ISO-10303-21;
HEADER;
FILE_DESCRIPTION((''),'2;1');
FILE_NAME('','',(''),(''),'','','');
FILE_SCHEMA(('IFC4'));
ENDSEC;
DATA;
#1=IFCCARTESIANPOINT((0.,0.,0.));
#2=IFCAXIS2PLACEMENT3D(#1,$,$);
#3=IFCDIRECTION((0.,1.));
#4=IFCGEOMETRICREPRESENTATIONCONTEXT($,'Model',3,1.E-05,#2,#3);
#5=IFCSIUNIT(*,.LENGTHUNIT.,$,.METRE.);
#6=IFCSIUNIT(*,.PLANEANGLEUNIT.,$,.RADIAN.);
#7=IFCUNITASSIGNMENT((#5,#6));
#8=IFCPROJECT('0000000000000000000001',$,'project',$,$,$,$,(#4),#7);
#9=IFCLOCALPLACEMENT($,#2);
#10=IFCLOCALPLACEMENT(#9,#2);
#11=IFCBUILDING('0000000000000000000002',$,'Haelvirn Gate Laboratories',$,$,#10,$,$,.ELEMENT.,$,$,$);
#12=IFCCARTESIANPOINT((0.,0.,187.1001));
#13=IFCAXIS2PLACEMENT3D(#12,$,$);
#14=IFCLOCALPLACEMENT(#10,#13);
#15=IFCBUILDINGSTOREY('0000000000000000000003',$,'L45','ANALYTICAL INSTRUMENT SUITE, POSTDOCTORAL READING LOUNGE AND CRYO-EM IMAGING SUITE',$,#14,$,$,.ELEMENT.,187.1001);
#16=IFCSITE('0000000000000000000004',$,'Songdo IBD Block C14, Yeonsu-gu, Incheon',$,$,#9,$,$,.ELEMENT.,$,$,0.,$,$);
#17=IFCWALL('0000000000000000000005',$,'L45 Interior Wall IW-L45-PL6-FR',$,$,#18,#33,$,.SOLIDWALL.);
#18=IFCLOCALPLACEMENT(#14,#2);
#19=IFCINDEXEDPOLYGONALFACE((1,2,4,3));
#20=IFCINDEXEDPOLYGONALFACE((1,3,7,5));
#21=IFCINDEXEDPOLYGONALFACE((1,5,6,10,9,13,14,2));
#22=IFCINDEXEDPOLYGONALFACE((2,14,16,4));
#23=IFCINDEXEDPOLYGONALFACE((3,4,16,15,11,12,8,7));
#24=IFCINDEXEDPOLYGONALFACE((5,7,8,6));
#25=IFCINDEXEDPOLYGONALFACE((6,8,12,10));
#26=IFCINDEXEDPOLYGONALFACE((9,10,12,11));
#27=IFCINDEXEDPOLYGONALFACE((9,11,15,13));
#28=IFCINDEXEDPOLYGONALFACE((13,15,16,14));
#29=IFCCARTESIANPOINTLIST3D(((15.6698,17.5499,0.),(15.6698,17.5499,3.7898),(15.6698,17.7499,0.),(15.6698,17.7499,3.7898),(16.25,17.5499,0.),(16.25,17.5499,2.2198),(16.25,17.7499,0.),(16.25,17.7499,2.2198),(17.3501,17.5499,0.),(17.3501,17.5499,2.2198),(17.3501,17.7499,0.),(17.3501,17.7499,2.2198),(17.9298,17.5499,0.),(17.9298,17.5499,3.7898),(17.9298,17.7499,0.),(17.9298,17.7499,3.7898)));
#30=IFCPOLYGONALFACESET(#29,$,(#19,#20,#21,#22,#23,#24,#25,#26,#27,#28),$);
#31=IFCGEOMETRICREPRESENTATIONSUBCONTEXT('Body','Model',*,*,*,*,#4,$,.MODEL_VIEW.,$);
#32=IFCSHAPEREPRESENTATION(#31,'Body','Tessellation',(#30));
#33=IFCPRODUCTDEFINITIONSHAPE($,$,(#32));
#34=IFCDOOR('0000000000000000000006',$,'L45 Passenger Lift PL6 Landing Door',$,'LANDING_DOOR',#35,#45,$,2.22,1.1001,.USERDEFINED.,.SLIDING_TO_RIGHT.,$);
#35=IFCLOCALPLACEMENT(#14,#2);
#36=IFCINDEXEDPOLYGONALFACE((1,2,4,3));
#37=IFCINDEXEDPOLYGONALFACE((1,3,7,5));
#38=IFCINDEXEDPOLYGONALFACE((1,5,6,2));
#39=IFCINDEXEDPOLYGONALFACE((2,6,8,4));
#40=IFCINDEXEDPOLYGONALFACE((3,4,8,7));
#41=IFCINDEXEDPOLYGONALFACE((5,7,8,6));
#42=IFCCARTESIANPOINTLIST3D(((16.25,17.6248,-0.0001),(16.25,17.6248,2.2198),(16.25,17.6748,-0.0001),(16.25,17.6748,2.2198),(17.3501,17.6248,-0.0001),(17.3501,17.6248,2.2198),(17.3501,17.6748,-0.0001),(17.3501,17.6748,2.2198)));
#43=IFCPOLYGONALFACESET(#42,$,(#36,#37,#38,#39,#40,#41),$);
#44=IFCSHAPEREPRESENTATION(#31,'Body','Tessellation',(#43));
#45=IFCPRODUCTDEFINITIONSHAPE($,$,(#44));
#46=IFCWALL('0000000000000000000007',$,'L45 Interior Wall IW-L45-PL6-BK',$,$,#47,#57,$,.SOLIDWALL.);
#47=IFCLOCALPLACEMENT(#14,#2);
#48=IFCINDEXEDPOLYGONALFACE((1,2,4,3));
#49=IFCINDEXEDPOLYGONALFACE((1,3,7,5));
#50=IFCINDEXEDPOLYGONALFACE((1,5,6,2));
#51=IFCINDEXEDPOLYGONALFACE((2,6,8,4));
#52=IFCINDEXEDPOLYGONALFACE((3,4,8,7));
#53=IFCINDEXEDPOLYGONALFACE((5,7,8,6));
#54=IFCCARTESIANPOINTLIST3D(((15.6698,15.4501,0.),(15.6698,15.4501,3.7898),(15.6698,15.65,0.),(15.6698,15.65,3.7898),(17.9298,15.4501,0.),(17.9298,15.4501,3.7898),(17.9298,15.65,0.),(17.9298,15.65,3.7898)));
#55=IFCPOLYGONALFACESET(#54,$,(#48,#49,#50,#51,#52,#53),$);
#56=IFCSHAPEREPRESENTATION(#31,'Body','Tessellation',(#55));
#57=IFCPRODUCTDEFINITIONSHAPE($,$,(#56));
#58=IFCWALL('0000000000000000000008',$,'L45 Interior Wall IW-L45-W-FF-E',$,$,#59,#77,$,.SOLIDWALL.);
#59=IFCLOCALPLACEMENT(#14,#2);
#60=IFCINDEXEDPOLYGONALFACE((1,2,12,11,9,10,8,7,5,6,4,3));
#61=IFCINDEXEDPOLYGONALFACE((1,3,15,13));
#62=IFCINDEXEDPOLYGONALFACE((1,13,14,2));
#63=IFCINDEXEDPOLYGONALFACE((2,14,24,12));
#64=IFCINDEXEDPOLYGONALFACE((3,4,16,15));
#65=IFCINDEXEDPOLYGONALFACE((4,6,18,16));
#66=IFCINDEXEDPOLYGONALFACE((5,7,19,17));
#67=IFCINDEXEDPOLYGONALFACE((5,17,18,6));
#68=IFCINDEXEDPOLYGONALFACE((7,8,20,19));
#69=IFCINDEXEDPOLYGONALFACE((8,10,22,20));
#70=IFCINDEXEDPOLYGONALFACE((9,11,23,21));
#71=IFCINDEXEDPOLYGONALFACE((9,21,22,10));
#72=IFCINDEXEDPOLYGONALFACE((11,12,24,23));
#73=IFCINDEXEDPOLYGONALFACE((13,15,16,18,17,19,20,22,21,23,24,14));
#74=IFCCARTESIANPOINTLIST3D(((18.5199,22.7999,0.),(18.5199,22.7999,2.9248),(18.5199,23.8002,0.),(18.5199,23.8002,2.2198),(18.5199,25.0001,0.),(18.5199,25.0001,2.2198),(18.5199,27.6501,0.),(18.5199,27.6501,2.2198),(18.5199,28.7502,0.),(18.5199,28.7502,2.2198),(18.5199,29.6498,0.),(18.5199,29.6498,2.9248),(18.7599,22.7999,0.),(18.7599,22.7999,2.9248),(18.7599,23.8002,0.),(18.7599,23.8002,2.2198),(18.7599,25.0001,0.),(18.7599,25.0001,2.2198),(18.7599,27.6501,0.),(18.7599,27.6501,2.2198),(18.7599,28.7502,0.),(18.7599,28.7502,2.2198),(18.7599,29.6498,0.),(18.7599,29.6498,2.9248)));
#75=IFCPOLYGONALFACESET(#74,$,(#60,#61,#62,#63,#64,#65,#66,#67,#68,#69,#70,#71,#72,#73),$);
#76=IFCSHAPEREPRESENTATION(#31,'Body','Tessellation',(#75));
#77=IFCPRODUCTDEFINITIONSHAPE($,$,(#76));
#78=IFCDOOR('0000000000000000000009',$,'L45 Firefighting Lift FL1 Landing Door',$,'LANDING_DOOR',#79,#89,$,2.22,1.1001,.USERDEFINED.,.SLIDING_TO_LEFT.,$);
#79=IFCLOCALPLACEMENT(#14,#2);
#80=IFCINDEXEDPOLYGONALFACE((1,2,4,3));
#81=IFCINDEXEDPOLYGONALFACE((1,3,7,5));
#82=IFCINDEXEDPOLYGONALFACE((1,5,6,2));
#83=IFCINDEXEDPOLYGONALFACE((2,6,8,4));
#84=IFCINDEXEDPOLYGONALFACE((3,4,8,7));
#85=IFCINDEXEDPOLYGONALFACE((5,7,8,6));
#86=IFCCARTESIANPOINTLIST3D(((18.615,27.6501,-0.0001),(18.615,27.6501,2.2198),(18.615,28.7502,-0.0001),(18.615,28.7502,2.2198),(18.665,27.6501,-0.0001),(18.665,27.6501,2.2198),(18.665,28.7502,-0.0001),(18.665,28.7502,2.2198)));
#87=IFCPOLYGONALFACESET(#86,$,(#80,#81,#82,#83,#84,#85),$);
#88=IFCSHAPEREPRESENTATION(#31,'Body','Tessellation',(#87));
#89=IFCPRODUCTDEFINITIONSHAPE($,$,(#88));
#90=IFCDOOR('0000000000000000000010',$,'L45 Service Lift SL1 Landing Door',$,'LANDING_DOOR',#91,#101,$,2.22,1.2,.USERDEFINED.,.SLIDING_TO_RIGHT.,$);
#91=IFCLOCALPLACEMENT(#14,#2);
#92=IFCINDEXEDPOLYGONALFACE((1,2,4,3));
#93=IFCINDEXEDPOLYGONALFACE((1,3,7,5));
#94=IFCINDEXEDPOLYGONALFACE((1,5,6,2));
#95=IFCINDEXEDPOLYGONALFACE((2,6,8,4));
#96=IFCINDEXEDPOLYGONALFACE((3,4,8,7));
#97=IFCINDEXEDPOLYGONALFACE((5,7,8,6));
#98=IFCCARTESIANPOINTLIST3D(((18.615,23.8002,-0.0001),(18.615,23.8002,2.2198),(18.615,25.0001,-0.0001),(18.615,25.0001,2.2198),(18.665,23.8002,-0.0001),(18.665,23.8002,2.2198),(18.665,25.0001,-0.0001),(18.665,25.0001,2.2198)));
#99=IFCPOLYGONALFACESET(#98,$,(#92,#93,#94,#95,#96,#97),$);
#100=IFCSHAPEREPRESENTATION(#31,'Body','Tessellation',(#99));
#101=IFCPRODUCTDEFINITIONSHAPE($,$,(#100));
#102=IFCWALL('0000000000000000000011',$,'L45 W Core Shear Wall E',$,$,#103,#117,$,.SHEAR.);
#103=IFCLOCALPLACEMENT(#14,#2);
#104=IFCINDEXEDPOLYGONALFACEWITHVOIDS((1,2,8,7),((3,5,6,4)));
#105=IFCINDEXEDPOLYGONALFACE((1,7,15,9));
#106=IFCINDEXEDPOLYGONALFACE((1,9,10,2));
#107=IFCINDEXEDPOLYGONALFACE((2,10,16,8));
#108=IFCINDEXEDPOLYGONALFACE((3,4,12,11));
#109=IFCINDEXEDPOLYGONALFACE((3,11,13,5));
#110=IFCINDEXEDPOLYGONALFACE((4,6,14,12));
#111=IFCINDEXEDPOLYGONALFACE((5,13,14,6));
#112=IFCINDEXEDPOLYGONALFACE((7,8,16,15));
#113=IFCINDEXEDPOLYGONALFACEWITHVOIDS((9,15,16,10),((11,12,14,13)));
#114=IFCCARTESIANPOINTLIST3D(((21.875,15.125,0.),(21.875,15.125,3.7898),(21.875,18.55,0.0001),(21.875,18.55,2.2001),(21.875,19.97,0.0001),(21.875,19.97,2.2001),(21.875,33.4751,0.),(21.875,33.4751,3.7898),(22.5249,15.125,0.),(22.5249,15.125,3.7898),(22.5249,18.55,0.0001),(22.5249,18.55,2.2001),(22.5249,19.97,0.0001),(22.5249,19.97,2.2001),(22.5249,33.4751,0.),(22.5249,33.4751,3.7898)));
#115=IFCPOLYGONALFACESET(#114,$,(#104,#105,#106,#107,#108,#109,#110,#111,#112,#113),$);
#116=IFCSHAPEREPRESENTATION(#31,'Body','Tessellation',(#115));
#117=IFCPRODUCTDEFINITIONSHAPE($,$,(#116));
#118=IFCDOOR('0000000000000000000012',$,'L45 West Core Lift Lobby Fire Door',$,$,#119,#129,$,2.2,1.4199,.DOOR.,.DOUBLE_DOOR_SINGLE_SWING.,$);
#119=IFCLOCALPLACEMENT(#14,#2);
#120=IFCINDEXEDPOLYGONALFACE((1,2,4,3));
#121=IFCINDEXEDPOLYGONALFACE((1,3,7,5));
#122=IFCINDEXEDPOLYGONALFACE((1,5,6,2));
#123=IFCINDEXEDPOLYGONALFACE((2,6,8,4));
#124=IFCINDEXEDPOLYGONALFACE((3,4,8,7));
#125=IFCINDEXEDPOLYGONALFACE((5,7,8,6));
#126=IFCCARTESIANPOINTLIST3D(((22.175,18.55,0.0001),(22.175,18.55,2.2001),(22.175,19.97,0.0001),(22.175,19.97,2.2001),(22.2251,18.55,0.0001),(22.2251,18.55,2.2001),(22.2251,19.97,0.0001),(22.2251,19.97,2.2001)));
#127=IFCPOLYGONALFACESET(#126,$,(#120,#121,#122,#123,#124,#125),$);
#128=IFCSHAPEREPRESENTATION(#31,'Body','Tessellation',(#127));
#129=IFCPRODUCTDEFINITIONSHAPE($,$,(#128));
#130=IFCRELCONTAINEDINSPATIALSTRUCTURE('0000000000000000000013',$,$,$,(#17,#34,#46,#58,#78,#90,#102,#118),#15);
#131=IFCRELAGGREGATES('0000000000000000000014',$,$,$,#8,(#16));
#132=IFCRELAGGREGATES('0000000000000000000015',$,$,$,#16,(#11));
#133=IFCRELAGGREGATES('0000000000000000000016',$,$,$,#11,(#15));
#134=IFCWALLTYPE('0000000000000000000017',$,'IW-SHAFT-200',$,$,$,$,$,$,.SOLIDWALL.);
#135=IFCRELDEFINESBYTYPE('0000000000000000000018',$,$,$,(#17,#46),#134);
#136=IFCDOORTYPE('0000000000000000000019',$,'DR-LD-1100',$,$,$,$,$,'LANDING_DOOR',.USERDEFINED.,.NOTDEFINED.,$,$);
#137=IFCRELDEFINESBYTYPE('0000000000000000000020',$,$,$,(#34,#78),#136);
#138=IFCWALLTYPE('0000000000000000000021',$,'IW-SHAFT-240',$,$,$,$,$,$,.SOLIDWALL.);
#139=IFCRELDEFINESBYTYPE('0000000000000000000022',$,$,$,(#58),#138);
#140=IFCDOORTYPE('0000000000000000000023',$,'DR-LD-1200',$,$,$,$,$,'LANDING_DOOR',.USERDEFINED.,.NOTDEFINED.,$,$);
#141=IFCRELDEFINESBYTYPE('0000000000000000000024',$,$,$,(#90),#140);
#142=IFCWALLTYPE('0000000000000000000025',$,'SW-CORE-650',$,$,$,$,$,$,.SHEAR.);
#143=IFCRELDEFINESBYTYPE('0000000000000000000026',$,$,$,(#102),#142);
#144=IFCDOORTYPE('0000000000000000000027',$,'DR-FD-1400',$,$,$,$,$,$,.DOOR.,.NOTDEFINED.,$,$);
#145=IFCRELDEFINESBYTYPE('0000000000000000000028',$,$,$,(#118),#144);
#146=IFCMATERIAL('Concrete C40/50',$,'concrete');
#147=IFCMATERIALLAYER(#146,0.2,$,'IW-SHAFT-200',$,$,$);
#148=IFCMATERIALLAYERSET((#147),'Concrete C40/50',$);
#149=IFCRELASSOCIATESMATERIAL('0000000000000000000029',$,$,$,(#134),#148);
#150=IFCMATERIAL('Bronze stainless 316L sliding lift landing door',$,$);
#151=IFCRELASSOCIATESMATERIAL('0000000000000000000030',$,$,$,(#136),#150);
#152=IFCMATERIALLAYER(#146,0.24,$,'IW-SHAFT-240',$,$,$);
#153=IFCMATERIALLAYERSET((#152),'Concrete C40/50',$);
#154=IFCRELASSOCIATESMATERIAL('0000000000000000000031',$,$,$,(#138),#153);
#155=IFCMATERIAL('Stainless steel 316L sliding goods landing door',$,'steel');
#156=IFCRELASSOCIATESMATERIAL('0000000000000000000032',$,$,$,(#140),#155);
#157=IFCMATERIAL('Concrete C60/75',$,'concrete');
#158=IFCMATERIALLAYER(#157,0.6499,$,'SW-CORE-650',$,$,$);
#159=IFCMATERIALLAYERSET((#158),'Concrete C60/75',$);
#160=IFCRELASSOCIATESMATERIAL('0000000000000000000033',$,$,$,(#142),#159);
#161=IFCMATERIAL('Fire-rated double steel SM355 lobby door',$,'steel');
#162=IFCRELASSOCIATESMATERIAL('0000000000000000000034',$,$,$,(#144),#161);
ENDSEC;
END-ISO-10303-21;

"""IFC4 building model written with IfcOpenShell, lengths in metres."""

from ifc_helpers import new_model, si_unit, direction, frame, frame_2d, origin, place, context, subcontext, project, spatial, rectangle, extrude, source, transform, mapped, material, layer, layer_set, type_object, type_shapes, element, fill, save


model = new_model("IFC4")

# Units and contexts
model_context = context("Model", 3, precision=1e-05, world=origin(), true_north=direction((0.0, 1.0)))
body_context = subcontext(model_context, "Body", "Model", "MODEL_VIEW")
ifc_project = project(units=[si_unit("LENGTHUNIT", "METRE"), si_unit("PLANEANGLEUNIT", "RADIAN")], contexts=[model_context])

# Site, building, storey
site_placement = place(None, origin())
site = spatial("IfcSite", under=ifc_project, at=site_placement, Name="Songdo IBD Block C14, Yeonsu-gu, Incheon", CompositionType="ELEMENT", RefElevation=0.0)
building_placement = place(site_placement, origin())
building = spatial("IfcBuilding", under=site, at=building_placement, Name="Haelvirn Gate Laboratories", CompositionType="ELEMENT")
storey_placement = place(building_placement, frame((0.0, 0.0, 187.1001)))
storey = spatial("IfcBuildingStorey", under=building, at=storey_placement, Name="L45", Description="ANALYTICAL INSTRUMENT SUITE, POSTDOCTORAL READING LOUNGE AND CRYO-EM IMAGING SUITE", CompositionType="ELEMENT", Elevation=187.1001)

# Shared definitions
ifc_material_1 = material(Name="Concrete C60/75", Category="concrete")

# Shared definitions
ifc_material_2 = material(Name="Concrete C40/50", Category="concrete")

# Wall, opening, door
ifc_layer_1 = layer(ifc_material_2, 0.2, Name="IW-SHAFT-200")
ifc_layer_set_1 = layer_set([ifc_layer_1], Name="Concrete C40/50")
wall_type_1 = type_object("IfcWallType", Name="IW-SHAFT-200", PredefinedType="SOLIDWALL", material=ifc_layer_set_1)
wall_1_placement = place(storey_placement, frame((15.6699, 17.6499, 0.0), z_axis=(0.0, 0.0, 1.0), x_axis=(1.0, 0.0, 0.0)))
wall_1 = element("IfcWall", 1, at=wall_1_placement, inside=storey, type_object=wall_type_1, Name="L45 Interior Wall IW-L45-PL6-FR", PredefinedType="SOLIDWALL", context=body_context, shape_type="SweptSolid", body=[
    extrude(rectangle(XDim=2.26, YDim=0.2, at=frame_2d((1.1299, 0.0))), origin(), (0.0, 0.0, 1.0), 3.7898),
])
opening_1_placement = place(wall_1_placement, frame((0.5801, 0.0, 0.0)))
opening_1 = element("IfcOpeningElement", 2, at=opening_1_placement, cuts=wall_1, PredefinedType="OPENING", context=body_context, shape_type="SweptSolid", body=[
    extrude(rectangle(XDim=1.1001, YDim=2.22, at=frame_2d((0.55, 1.1099))), frame((0.0, 0.1099, 0.0), z_axis=(0.0, -1.0, 0.0), x_axis=(1.0, 0.0, 0.0)), (0.0, 0.0, 1.0), 0.22),
])
ifc_material_3 = material(Name="Bronze stainless 316L sliding lift landing door")
door_type_1 = type_object("IfcDoorType", Name="DR-LD-1100", ElementType="LANDING_DOOR", OperationType="NOTDEFINED", PredefinedType="USERDEFINED", material=ifc_material_3)
shared_shape_1 = source(origin(), body_context, "Body", "SweptSolid", [
    extrude(rectangle(XDim=1.1001, YDim=2.22, at=frame_2d((0.55, 1.1099))), frame((0.0, 0.0249, 0.0), z_axis=(0.0, -1.0, 0.0), x_axis=(1.0, 0.0, 0.0)), (0.0, 0.0, 1.0), 0.05),
])
type_shapes(door_type_1, [shared_shape_1])
door_1_placement = place(opening_1_placement, origin())
door_1 = element("IfcDoor", 3, at=door_1_placement, inside=storey, type_object=door_type_1, Name="L45 Passenger Lift PL6 Landing Door", ObjectType="LANDING_DOOR", OperationType="SLIDING_TO_RIGHT", OverallHeight=2.22, OverallWidth=1.1001, PredefinedType="USERDEFINED", context=body_context, shape_type="MappedRepresentation", body=[
    mapped(shared_shape_1, transform((0.0, 0.0, 0.0), scale=1.0)),
])
fill(opening_1, door_1)

# Wall
wall_2_placement = place(storey_placement, frame((15.6699, 15.55, 0.0), z_axis=(0.0, 0.0, 1.0), x_axis=(1.0, 0.0, 0.0)))
element("IfcWall", 4, at=wall_2_placement, inside=storey, type_object=wall_type_1, Name="L45 Interior Wall IW-L45-PL6-BK", PredefinedType="SOLIDWALL", context=body_context, shape_type="SweptSolid", body=[
    extrude(rectangle(XDim=2.26, YDim=0.2, at=frame_2d((1.1299, 0.0))), origin(), (0.0, 0.0, 1.0), 3.7898),
])

# Wall, openings, doors
ifc_layer_2 = layer(ifc_material_2, 0.24, Name="IW-SHAFT-240")
ifc_layer_set_2 = layer_set([ifc_layer_2], Name="Concrete C40/50")
wall_type_2 = type_object("IfcWallType", Name="IW-SHAFT-240", PredefinedType="SOLIDWALL", material=ifc_layer_set_2)
wall_3_placement = place(storey_placement, frame((18.6399, 22.8, 0.0), z_axis=(0.0, 0.0, 1.0), x_axis=(0.0, 1.0, 0.0)))
wall_3 = element("IfcWall", 5, at=wall_3_placement, inside=storey, type_object=wall_type_2, Name="L45 Interior Wall IW-L45-W-FF-E", PredefinedType="SOLIDWALL", context=body_context, shape_type="SweptSolid", body=[
    extrude(rectangle(XDim=6.8499, YDim=0.24, at=frame_2d((3.4248, 0.0))), origin(), (0.0, 0.0, 1.0), 2.9248),
])
opening_2_placement = place(wall_3_placement, frame((4.8501, 0.0, 0.0)))
opening_2 = element("IfcOpeningElement", 6, at=opening_2_placement, cuts=wall_3, PredefinedType="OPENING", context=body_context, shape_type="SweptSolid", body=[
    extrude(rectangle(XDim=1.1001, YDim=2.22, at=frame_2d((0.55, 1.1099))), frame((0.0, 0.1299, 0.0), z_axis=(0.0, -1.0, 0.0), x_axis=(1.0, 0.0, 0.0)), (0.0, 0.0, 1.0), 0.26),
])
opening_3_placement = place(wall_3_placement, frame((1.0, 0.0, 0.0)))
opening_3 = element("IfcOpeningElement", 7, at=opening_3_placement, cuts=wall_3, PredefinedType="OPENING", context=body_context, shape_type="SweptSolid", body=[
    extrude(rectangle(XDim=1.2, YDim=2.22, at=frame_2d((0.6001, 1.1099))), frame((0.0, 0.1299, 0.0), z_axis=(0.0, -1.0, 0.0), x_axis=(1.0, 0.0, 0.0)), (0.0, 0.0, 1.0), 0.26),
])
door_2_placement = place(opening_2_placement, origin())
door_2 = element("IfcDoor", 8, at=door_2_placement, inside=storey, type_object=door_type_1, Name="L45 Firefighting Lift FL1 Landing Door", ObjectType="LANDING_DOOR", OperationType="SLIDING_TO_LEFT", OverallHeight=2.22, OverallWidth=1.1001, PredefinedType="USERDEFINED", context=body_context, shape_type="MappedRepresentation", body=[
    mapped(shared_shape_1, transform((0.0, 0.0, 0.0), scale=1.0)),
])
fill(opening_2, door_2)
ifc_material_4 = material(Name="Stainless steel 316L sliding goods landing door", Category="steel")
door_type_2 = type_object("IfcDoorType", Name="DR-LD-1200", ElementType="LANDING_DOOR", OperationType="NOTDEFINED", PredefinedType="USERDEFINED", material=ifc_material_4)
shared_shape_2 = source(origin(), body_context, "Body", "SweptSolid", [
    extrude(rectangle(XDim=1.2, YDim=2.22, at=frame_2d((0.6001, 1.1099))), frame((0.0, 0.0249, 0.0), z_axis=(0.0, -1.0, 0.0), x_axis=(1.0, 0.0, 0.0)), (0.0, 0.0, 1.0), 0.05),
])
type_shapes(door_type_2, [shared_shape_2])
door_3_placement = place(opening_3_placement, origin())
door_3 = element("IfcDoor", 9, at=door_3_placement, inside=storey, type_object=door_type_2, Name="L45 Service Lift SL1 Landing Door", ObjectType="LANDING_DOOR", OperationType="SLIDING_TO_RIGHT", OverallHeight=2.22, OverallWidth=1.2, PredefinedType="USERDEFINED", context=body_context, shape_type="MappedRepresentation", body=[
    mapped(shared_shape_2, transform((0.0, 0.0, 0.0), scale=1.0)),
])
fill(opening_3, door_3)

# Wall, opening, door
ifc_layer_3 = layer(ifc_material_1, 0.6499, Name="SW-CORE-650")
ifc_layer_set_3 = layer_set([ifc_layer_3], Name="Concrete C60/75")
wall_type_3 = type_object("IfcWallType", Name="SW-CORE-650", PredefinedType="SHEAR", material=ifc_layer_set_3)
wall_4_placement = place(storey_placement, frame((22.2, 15.125, 0.0), z_axis=(0.0, 0.0, 1.0), x_axis=(0.0, 1.0, 0.0)))
wall_4 = element("IfcWall", 10, at=wall_4_placement, inside=storey, type_object=wall_type_3, Name="L45 W Core Shear Wall E", PredefinedType="SHEAR", context=body_context, shape_type="SweptSolid", body=[
    extrude(rectangle(XDim=18.3501, YDim=0.6499, at=frame_2d((9.175, 0.0))), origin(), (0.0, 0.0, 1.0), 3.7898),
])
opening_4_placement = place(wall_4_placement, frame((3.425, 0.0, 0.0)))
opening_4 = element("IfcOpeningElement", 11, at=opening_4_placement, cuts=wall_4, PredefinedType="OPENING", context=body_context, shape_type="SweptSolid", body=[
    extrude(rectangle(XDim=1.4199, YDim=2.2, at=frame_2d((0.71, 1.1001))), frame((0.0, 0.335, 0.0), z_axis=(0.0, -1.0, 0.0), x_axis=(1.0, 0.0, 0.0)), (0.0, 0.0, 1.0), 0.6699),
])
ifc_material_5 = material(Name="Fire-rated double steel SM355 lobby door", Category="steel")
door_type_3 = type_object("IfcDoorType", Name="DR-FD-1400", OperationType="NOTDEFINED", PredefinedType="DOOR", material=ifc_material_5)
shared_shape_3 = source(origin(), body_context, "Body", "SweptSolid", [
    extrude(rectangle(XDim=1.4199, YDim=2.2, at=frame_2d((0.71, 1.1001))), frame((0.0, 0.0249, 0.0), z_axis=(0.0, -1.0, 0.0), x_axis=(1.0, 0.0, 0.0)), (0.0, 0.0, 1.0), 0.05),
])
type_shapes(door_type_3, [shared_shape_3])
door_4_placement = place(opening_4_placement, origin())
door_4 = element("IfcDoor", 12, at=door_4_placement, inside=storey, type_object=door_type_3, Name="L45 West Core Lift Lobby Fire Door", OperationType="DOUBLE_DOOR_SINGLE_SWING", OverallHeight=2.2, OverallWidth=1.4199, PredefinedType="DOOR", context=body_context, shape_type="MappedRepresentation", body=[
    mapped(shared_shape_3, transform((0.0, 0.0, 0.0), scale=1.0)),
])
fill(opening_4, door_4)

save(model, "model.ifc")
